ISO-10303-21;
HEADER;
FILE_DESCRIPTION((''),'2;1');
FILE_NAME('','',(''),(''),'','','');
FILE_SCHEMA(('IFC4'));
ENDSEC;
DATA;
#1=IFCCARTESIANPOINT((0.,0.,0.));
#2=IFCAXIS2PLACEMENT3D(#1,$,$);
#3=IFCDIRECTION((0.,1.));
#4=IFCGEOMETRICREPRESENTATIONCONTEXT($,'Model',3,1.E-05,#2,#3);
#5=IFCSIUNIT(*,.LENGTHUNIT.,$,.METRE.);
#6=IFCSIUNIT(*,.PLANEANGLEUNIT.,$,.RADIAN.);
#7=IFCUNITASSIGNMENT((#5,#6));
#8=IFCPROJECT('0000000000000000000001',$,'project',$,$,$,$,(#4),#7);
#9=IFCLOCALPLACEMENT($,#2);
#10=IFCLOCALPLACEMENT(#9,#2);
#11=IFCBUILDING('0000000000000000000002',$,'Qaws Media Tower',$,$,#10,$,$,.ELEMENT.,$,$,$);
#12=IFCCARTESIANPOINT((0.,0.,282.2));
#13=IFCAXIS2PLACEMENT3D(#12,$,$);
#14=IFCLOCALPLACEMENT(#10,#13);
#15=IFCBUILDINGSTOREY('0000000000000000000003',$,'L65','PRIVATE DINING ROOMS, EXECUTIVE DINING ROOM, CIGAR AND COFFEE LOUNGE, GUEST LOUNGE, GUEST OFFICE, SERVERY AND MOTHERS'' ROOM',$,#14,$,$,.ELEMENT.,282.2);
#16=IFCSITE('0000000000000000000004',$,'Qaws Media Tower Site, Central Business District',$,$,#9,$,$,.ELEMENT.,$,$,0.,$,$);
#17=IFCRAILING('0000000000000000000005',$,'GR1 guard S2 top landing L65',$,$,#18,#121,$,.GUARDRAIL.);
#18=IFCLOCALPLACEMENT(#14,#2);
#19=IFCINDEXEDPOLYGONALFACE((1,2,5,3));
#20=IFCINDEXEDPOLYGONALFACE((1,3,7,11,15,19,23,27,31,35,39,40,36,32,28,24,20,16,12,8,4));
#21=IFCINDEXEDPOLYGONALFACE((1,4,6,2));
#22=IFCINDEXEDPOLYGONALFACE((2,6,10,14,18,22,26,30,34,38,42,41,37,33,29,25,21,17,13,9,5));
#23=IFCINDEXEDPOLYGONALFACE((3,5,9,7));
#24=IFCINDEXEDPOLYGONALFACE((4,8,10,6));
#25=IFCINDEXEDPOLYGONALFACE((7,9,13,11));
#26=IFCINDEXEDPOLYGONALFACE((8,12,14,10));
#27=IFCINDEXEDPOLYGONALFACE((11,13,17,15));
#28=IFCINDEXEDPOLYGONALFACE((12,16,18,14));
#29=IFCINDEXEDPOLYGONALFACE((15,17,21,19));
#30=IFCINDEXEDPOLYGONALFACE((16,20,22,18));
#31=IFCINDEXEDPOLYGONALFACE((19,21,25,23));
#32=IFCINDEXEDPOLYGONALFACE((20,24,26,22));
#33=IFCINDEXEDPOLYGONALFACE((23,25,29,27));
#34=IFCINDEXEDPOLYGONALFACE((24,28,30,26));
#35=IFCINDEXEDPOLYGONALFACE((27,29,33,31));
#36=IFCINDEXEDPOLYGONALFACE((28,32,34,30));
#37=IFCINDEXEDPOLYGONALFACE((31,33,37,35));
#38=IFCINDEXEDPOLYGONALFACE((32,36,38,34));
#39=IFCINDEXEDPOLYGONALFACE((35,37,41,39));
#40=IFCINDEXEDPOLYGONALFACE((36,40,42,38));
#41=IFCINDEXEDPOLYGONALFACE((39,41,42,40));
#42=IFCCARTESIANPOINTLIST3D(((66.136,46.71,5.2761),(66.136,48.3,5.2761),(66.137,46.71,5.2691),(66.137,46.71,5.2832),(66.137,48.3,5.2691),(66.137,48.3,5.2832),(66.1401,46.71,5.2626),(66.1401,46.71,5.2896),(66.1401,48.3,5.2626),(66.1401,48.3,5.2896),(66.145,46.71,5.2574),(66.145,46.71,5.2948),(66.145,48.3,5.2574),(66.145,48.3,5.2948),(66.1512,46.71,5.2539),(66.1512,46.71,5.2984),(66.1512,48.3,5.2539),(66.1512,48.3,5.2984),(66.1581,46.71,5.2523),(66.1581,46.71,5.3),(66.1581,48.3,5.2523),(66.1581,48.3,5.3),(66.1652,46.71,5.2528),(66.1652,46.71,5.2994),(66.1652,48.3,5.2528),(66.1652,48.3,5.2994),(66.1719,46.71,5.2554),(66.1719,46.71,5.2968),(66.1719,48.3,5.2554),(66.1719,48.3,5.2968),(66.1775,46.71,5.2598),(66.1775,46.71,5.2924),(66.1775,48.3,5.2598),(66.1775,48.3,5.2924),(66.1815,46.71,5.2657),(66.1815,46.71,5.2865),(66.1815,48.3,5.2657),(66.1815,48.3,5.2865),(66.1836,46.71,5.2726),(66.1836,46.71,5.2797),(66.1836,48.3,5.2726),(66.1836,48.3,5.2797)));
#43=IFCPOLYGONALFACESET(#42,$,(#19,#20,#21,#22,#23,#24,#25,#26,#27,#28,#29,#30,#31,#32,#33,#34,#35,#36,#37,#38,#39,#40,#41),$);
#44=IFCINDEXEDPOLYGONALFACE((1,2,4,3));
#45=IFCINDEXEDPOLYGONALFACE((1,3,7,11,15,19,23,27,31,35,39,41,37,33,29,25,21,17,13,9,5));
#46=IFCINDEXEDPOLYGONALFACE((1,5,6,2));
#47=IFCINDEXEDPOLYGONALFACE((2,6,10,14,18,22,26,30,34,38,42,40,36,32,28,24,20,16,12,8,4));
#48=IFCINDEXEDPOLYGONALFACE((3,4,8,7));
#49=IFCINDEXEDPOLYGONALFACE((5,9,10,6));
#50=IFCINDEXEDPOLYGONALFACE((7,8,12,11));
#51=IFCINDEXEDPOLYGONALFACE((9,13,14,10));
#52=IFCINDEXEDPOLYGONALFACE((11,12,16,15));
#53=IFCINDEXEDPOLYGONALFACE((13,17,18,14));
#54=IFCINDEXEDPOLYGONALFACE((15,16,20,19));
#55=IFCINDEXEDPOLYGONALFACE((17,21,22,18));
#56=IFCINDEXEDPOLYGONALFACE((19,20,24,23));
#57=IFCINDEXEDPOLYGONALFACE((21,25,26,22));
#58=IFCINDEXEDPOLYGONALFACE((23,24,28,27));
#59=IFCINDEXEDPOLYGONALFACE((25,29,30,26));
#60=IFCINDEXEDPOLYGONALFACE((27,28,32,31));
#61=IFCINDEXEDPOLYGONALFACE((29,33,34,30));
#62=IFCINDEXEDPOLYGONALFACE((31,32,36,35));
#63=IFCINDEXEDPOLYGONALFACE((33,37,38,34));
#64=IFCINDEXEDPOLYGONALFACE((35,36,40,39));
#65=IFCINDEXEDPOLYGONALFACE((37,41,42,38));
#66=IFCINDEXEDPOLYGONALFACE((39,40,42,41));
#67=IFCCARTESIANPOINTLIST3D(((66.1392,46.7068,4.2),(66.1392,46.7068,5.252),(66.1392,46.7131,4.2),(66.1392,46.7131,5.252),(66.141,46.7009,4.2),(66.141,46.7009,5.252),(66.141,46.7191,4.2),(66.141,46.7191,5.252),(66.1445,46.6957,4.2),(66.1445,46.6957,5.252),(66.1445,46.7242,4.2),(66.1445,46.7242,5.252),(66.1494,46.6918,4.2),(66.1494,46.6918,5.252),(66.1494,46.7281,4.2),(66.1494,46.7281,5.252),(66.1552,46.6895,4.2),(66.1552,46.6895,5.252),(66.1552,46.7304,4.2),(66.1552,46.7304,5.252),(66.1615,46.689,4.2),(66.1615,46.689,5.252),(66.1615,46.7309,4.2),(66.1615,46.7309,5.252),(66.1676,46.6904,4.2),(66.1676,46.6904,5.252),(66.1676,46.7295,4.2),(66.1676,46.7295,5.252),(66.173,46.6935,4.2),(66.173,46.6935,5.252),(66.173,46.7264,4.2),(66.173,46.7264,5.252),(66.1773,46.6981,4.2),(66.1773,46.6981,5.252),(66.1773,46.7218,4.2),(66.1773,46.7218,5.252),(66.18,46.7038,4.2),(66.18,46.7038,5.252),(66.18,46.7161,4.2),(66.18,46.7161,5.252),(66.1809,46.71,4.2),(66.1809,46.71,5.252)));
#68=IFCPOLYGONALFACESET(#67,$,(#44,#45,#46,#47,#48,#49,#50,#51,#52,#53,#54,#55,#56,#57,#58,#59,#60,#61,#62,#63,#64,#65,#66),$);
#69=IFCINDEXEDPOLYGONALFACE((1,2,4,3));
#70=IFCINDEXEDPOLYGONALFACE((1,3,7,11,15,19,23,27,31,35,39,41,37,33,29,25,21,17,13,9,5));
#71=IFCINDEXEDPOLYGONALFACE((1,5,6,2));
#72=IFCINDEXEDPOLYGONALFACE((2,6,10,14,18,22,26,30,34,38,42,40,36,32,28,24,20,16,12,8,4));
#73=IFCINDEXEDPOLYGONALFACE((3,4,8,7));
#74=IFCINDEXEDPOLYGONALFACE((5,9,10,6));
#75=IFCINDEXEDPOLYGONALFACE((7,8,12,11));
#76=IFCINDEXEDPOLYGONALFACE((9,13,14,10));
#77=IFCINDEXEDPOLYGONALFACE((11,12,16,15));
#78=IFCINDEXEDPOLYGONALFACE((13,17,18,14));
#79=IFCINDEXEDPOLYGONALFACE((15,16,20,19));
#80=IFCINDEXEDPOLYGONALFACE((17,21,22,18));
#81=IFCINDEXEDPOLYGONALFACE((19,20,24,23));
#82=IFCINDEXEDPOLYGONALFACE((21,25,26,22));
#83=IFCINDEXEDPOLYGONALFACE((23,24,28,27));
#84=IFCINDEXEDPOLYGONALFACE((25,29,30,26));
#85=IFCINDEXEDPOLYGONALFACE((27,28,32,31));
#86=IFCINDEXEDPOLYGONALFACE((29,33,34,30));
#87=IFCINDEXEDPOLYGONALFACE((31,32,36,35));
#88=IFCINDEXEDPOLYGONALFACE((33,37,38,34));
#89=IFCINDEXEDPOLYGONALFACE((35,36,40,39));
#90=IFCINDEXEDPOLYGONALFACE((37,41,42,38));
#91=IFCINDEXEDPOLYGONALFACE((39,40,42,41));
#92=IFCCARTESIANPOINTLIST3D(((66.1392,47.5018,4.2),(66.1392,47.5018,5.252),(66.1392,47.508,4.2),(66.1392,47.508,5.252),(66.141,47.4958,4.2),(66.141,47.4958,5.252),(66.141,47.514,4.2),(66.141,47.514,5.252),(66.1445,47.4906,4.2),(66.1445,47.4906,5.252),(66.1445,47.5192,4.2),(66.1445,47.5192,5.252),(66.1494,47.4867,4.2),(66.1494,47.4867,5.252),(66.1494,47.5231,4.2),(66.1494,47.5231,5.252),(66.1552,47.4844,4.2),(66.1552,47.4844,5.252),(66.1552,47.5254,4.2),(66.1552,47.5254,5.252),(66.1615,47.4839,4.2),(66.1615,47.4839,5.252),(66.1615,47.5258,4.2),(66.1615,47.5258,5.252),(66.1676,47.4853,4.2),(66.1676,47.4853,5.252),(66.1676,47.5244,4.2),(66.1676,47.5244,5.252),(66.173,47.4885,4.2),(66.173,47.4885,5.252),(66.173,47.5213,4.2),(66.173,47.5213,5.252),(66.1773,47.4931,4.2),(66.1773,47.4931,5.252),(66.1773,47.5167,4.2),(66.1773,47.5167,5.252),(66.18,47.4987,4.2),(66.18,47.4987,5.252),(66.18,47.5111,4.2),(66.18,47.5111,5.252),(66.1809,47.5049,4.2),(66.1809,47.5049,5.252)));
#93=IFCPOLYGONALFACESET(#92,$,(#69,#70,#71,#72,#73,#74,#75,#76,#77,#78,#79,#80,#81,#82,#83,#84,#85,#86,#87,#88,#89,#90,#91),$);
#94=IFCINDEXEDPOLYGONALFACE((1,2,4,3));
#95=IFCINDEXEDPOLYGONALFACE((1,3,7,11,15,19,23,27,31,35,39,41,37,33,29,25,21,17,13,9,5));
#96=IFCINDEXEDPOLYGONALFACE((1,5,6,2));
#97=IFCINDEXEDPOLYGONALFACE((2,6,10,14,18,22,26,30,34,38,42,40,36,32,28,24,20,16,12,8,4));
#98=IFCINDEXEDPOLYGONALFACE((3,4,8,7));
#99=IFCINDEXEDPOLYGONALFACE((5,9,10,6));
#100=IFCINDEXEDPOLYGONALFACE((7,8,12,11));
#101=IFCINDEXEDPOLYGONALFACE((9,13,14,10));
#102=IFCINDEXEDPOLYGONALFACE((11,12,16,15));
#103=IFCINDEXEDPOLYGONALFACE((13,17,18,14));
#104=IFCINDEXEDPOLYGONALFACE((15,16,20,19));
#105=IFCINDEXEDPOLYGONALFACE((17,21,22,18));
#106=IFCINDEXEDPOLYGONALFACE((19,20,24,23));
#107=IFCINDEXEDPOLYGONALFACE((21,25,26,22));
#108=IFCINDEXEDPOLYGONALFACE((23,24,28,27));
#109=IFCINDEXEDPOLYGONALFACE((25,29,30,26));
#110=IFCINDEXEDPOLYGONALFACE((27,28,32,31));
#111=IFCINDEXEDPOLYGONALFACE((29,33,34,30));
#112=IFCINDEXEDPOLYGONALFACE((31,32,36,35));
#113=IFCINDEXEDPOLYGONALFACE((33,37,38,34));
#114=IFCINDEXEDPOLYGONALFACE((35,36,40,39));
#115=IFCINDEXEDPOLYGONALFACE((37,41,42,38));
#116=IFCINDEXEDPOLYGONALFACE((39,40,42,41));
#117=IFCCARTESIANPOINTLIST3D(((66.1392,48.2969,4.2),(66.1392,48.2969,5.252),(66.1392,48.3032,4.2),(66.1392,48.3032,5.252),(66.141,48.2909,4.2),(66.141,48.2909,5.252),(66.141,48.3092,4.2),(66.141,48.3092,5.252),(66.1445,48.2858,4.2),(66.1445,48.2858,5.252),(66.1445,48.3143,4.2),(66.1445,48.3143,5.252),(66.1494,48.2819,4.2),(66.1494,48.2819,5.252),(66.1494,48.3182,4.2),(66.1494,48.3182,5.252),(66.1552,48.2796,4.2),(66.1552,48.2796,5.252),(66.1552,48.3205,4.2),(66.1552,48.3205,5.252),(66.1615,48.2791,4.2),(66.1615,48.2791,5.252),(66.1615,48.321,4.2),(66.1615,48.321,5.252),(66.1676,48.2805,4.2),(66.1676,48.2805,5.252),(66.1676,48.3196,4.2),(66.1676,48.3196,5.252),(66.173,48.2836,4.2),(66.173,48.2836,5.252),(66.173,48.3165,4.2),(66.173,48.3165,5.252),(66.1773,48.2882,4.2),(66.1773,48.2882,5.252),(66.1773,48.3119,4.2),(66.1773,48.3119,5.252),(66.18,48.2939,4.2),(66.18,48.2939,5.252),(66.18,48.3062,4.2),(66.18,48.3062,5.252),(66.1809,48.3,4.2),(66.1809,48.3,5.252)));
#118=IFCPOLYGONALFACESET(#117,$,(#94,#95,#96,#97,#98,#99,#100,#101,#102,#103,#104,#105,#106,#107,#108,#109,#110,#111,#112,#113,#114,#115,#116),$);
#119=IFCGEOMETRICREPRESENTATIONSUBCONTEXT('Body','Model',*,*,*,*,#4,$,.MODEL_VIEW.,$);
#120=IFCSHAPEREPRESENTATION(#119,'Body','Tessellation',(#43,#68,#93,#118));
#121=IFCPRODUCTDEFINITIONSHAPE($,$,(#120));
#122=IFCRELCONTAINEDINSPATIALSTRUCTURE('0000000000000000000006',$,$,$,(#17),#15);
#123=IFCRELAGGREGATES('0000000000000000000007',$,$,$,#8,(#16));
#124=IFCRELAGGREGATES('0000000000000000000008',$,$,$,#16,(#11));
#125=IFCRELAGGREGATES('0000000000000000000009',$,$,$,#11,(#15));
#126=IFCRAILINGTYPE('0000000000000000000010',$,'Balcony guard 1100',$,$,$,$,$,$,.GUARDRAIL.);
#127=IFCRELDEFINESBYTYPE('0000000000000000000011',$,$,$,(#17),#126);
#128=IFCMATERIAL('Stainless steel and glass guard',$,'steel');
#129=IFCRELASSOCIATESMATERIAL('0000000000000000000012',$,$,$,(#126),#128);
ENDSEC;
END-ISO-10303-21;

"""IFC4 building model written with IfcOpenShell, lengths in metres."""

from ifc_helpers import new_model, si_unit, direction, frame, origin, origin_2d, place, context, subcontext, project, spatial, circle, extrude, material, type_object, element, save


model = new_model("IFC4")

# Units and contexts
model_context = context("Model", 3, precision=1e-05, world=origin(), true_north=direction((0.0, 1.0)))
body_context = subcontext(model_context, "Body", "Model", "MODEL_VIEW")
ifc_project = project(units=[si_unit("LENGTHUNIT", "METRE"), si_unit("PLANEANGLEUNIT", "RADIAN")], contexts=[model_context])

# Site, building, storey
site_placement = place(None, origin())
site = spatial("IfcSite", under=ifc_project, at=site_placement, Name="Qaws Media Tower Site, Central Business District", CompositionType="ELEMENT", RefElevation=0.0)
building_placement = place(site_placement, origin())
building = spatial("IfcBuilding", under=site, at=building_placement, Name="Qaws Media Tower", CompositionType="ELEMENT")
storey_placement = place(building_placement, frame((0.0, 0.0, 282.2)))
storey = spatial("IfcBuildingStorey", under=building, at=storey_placement, Name="L65", Description="PRIVATE DINING ROOMS, EXECUTIVE DINING ROOM, CIGAR AND COFFEE LOUNGE, GUEST LOUNGE, GUEST OFFICE, SERVERY AND MOTHERS' ROOM", CompositionType="ELEMENT", Elevation=282.2)

# Railing
ifc_material_1 = material(Name="Stainless steel and glass guard", Category="steel")
railing_type_1 = type_object("IfcRailingType", Name="Balcony guard 1100", PredefinedType="GUARDRAIL", material=ifc_material_1)
railing_1_placement = place(storey_placement, frame((66.1599, 46.71, 4.2)))
element("IfcRailing", 1, at=railing_1_placement, inside=storey, type_object=railing_type_1, Name="GR1 guard S2 top landing L65", PredefinedType="GUARDRAIL", context=body_context, shape_type="SweptSolid", body=[
    extrude(circle(Radius=0.0239, at=origin_2d()), frame((0.0, 0.0, 1.0762), z_axis=(0.0, 1.0, 0.0), x_axis=(-1.0, 0.0, 0.0)), (0.0, 0.0, 1.0), 1.5901),
    extrude(circle(Radius=0.021, at=origin_2d()), origin(), (0.0, 0.0, 1.0), 1.052),
    extrude(circle(Radius=0.021, at=origin_2d()), frame((0.0, 0.7949, 0.0)), (0.0, 0.0, 1.0), 1.052),
    extrude(circle(Radius=0.021, at=origin_2d()), frame((0.0, 1.5901, 0.0)), (0.0, 0.0, 1.0), 1.052),
])

save(model, "model.ifc")
